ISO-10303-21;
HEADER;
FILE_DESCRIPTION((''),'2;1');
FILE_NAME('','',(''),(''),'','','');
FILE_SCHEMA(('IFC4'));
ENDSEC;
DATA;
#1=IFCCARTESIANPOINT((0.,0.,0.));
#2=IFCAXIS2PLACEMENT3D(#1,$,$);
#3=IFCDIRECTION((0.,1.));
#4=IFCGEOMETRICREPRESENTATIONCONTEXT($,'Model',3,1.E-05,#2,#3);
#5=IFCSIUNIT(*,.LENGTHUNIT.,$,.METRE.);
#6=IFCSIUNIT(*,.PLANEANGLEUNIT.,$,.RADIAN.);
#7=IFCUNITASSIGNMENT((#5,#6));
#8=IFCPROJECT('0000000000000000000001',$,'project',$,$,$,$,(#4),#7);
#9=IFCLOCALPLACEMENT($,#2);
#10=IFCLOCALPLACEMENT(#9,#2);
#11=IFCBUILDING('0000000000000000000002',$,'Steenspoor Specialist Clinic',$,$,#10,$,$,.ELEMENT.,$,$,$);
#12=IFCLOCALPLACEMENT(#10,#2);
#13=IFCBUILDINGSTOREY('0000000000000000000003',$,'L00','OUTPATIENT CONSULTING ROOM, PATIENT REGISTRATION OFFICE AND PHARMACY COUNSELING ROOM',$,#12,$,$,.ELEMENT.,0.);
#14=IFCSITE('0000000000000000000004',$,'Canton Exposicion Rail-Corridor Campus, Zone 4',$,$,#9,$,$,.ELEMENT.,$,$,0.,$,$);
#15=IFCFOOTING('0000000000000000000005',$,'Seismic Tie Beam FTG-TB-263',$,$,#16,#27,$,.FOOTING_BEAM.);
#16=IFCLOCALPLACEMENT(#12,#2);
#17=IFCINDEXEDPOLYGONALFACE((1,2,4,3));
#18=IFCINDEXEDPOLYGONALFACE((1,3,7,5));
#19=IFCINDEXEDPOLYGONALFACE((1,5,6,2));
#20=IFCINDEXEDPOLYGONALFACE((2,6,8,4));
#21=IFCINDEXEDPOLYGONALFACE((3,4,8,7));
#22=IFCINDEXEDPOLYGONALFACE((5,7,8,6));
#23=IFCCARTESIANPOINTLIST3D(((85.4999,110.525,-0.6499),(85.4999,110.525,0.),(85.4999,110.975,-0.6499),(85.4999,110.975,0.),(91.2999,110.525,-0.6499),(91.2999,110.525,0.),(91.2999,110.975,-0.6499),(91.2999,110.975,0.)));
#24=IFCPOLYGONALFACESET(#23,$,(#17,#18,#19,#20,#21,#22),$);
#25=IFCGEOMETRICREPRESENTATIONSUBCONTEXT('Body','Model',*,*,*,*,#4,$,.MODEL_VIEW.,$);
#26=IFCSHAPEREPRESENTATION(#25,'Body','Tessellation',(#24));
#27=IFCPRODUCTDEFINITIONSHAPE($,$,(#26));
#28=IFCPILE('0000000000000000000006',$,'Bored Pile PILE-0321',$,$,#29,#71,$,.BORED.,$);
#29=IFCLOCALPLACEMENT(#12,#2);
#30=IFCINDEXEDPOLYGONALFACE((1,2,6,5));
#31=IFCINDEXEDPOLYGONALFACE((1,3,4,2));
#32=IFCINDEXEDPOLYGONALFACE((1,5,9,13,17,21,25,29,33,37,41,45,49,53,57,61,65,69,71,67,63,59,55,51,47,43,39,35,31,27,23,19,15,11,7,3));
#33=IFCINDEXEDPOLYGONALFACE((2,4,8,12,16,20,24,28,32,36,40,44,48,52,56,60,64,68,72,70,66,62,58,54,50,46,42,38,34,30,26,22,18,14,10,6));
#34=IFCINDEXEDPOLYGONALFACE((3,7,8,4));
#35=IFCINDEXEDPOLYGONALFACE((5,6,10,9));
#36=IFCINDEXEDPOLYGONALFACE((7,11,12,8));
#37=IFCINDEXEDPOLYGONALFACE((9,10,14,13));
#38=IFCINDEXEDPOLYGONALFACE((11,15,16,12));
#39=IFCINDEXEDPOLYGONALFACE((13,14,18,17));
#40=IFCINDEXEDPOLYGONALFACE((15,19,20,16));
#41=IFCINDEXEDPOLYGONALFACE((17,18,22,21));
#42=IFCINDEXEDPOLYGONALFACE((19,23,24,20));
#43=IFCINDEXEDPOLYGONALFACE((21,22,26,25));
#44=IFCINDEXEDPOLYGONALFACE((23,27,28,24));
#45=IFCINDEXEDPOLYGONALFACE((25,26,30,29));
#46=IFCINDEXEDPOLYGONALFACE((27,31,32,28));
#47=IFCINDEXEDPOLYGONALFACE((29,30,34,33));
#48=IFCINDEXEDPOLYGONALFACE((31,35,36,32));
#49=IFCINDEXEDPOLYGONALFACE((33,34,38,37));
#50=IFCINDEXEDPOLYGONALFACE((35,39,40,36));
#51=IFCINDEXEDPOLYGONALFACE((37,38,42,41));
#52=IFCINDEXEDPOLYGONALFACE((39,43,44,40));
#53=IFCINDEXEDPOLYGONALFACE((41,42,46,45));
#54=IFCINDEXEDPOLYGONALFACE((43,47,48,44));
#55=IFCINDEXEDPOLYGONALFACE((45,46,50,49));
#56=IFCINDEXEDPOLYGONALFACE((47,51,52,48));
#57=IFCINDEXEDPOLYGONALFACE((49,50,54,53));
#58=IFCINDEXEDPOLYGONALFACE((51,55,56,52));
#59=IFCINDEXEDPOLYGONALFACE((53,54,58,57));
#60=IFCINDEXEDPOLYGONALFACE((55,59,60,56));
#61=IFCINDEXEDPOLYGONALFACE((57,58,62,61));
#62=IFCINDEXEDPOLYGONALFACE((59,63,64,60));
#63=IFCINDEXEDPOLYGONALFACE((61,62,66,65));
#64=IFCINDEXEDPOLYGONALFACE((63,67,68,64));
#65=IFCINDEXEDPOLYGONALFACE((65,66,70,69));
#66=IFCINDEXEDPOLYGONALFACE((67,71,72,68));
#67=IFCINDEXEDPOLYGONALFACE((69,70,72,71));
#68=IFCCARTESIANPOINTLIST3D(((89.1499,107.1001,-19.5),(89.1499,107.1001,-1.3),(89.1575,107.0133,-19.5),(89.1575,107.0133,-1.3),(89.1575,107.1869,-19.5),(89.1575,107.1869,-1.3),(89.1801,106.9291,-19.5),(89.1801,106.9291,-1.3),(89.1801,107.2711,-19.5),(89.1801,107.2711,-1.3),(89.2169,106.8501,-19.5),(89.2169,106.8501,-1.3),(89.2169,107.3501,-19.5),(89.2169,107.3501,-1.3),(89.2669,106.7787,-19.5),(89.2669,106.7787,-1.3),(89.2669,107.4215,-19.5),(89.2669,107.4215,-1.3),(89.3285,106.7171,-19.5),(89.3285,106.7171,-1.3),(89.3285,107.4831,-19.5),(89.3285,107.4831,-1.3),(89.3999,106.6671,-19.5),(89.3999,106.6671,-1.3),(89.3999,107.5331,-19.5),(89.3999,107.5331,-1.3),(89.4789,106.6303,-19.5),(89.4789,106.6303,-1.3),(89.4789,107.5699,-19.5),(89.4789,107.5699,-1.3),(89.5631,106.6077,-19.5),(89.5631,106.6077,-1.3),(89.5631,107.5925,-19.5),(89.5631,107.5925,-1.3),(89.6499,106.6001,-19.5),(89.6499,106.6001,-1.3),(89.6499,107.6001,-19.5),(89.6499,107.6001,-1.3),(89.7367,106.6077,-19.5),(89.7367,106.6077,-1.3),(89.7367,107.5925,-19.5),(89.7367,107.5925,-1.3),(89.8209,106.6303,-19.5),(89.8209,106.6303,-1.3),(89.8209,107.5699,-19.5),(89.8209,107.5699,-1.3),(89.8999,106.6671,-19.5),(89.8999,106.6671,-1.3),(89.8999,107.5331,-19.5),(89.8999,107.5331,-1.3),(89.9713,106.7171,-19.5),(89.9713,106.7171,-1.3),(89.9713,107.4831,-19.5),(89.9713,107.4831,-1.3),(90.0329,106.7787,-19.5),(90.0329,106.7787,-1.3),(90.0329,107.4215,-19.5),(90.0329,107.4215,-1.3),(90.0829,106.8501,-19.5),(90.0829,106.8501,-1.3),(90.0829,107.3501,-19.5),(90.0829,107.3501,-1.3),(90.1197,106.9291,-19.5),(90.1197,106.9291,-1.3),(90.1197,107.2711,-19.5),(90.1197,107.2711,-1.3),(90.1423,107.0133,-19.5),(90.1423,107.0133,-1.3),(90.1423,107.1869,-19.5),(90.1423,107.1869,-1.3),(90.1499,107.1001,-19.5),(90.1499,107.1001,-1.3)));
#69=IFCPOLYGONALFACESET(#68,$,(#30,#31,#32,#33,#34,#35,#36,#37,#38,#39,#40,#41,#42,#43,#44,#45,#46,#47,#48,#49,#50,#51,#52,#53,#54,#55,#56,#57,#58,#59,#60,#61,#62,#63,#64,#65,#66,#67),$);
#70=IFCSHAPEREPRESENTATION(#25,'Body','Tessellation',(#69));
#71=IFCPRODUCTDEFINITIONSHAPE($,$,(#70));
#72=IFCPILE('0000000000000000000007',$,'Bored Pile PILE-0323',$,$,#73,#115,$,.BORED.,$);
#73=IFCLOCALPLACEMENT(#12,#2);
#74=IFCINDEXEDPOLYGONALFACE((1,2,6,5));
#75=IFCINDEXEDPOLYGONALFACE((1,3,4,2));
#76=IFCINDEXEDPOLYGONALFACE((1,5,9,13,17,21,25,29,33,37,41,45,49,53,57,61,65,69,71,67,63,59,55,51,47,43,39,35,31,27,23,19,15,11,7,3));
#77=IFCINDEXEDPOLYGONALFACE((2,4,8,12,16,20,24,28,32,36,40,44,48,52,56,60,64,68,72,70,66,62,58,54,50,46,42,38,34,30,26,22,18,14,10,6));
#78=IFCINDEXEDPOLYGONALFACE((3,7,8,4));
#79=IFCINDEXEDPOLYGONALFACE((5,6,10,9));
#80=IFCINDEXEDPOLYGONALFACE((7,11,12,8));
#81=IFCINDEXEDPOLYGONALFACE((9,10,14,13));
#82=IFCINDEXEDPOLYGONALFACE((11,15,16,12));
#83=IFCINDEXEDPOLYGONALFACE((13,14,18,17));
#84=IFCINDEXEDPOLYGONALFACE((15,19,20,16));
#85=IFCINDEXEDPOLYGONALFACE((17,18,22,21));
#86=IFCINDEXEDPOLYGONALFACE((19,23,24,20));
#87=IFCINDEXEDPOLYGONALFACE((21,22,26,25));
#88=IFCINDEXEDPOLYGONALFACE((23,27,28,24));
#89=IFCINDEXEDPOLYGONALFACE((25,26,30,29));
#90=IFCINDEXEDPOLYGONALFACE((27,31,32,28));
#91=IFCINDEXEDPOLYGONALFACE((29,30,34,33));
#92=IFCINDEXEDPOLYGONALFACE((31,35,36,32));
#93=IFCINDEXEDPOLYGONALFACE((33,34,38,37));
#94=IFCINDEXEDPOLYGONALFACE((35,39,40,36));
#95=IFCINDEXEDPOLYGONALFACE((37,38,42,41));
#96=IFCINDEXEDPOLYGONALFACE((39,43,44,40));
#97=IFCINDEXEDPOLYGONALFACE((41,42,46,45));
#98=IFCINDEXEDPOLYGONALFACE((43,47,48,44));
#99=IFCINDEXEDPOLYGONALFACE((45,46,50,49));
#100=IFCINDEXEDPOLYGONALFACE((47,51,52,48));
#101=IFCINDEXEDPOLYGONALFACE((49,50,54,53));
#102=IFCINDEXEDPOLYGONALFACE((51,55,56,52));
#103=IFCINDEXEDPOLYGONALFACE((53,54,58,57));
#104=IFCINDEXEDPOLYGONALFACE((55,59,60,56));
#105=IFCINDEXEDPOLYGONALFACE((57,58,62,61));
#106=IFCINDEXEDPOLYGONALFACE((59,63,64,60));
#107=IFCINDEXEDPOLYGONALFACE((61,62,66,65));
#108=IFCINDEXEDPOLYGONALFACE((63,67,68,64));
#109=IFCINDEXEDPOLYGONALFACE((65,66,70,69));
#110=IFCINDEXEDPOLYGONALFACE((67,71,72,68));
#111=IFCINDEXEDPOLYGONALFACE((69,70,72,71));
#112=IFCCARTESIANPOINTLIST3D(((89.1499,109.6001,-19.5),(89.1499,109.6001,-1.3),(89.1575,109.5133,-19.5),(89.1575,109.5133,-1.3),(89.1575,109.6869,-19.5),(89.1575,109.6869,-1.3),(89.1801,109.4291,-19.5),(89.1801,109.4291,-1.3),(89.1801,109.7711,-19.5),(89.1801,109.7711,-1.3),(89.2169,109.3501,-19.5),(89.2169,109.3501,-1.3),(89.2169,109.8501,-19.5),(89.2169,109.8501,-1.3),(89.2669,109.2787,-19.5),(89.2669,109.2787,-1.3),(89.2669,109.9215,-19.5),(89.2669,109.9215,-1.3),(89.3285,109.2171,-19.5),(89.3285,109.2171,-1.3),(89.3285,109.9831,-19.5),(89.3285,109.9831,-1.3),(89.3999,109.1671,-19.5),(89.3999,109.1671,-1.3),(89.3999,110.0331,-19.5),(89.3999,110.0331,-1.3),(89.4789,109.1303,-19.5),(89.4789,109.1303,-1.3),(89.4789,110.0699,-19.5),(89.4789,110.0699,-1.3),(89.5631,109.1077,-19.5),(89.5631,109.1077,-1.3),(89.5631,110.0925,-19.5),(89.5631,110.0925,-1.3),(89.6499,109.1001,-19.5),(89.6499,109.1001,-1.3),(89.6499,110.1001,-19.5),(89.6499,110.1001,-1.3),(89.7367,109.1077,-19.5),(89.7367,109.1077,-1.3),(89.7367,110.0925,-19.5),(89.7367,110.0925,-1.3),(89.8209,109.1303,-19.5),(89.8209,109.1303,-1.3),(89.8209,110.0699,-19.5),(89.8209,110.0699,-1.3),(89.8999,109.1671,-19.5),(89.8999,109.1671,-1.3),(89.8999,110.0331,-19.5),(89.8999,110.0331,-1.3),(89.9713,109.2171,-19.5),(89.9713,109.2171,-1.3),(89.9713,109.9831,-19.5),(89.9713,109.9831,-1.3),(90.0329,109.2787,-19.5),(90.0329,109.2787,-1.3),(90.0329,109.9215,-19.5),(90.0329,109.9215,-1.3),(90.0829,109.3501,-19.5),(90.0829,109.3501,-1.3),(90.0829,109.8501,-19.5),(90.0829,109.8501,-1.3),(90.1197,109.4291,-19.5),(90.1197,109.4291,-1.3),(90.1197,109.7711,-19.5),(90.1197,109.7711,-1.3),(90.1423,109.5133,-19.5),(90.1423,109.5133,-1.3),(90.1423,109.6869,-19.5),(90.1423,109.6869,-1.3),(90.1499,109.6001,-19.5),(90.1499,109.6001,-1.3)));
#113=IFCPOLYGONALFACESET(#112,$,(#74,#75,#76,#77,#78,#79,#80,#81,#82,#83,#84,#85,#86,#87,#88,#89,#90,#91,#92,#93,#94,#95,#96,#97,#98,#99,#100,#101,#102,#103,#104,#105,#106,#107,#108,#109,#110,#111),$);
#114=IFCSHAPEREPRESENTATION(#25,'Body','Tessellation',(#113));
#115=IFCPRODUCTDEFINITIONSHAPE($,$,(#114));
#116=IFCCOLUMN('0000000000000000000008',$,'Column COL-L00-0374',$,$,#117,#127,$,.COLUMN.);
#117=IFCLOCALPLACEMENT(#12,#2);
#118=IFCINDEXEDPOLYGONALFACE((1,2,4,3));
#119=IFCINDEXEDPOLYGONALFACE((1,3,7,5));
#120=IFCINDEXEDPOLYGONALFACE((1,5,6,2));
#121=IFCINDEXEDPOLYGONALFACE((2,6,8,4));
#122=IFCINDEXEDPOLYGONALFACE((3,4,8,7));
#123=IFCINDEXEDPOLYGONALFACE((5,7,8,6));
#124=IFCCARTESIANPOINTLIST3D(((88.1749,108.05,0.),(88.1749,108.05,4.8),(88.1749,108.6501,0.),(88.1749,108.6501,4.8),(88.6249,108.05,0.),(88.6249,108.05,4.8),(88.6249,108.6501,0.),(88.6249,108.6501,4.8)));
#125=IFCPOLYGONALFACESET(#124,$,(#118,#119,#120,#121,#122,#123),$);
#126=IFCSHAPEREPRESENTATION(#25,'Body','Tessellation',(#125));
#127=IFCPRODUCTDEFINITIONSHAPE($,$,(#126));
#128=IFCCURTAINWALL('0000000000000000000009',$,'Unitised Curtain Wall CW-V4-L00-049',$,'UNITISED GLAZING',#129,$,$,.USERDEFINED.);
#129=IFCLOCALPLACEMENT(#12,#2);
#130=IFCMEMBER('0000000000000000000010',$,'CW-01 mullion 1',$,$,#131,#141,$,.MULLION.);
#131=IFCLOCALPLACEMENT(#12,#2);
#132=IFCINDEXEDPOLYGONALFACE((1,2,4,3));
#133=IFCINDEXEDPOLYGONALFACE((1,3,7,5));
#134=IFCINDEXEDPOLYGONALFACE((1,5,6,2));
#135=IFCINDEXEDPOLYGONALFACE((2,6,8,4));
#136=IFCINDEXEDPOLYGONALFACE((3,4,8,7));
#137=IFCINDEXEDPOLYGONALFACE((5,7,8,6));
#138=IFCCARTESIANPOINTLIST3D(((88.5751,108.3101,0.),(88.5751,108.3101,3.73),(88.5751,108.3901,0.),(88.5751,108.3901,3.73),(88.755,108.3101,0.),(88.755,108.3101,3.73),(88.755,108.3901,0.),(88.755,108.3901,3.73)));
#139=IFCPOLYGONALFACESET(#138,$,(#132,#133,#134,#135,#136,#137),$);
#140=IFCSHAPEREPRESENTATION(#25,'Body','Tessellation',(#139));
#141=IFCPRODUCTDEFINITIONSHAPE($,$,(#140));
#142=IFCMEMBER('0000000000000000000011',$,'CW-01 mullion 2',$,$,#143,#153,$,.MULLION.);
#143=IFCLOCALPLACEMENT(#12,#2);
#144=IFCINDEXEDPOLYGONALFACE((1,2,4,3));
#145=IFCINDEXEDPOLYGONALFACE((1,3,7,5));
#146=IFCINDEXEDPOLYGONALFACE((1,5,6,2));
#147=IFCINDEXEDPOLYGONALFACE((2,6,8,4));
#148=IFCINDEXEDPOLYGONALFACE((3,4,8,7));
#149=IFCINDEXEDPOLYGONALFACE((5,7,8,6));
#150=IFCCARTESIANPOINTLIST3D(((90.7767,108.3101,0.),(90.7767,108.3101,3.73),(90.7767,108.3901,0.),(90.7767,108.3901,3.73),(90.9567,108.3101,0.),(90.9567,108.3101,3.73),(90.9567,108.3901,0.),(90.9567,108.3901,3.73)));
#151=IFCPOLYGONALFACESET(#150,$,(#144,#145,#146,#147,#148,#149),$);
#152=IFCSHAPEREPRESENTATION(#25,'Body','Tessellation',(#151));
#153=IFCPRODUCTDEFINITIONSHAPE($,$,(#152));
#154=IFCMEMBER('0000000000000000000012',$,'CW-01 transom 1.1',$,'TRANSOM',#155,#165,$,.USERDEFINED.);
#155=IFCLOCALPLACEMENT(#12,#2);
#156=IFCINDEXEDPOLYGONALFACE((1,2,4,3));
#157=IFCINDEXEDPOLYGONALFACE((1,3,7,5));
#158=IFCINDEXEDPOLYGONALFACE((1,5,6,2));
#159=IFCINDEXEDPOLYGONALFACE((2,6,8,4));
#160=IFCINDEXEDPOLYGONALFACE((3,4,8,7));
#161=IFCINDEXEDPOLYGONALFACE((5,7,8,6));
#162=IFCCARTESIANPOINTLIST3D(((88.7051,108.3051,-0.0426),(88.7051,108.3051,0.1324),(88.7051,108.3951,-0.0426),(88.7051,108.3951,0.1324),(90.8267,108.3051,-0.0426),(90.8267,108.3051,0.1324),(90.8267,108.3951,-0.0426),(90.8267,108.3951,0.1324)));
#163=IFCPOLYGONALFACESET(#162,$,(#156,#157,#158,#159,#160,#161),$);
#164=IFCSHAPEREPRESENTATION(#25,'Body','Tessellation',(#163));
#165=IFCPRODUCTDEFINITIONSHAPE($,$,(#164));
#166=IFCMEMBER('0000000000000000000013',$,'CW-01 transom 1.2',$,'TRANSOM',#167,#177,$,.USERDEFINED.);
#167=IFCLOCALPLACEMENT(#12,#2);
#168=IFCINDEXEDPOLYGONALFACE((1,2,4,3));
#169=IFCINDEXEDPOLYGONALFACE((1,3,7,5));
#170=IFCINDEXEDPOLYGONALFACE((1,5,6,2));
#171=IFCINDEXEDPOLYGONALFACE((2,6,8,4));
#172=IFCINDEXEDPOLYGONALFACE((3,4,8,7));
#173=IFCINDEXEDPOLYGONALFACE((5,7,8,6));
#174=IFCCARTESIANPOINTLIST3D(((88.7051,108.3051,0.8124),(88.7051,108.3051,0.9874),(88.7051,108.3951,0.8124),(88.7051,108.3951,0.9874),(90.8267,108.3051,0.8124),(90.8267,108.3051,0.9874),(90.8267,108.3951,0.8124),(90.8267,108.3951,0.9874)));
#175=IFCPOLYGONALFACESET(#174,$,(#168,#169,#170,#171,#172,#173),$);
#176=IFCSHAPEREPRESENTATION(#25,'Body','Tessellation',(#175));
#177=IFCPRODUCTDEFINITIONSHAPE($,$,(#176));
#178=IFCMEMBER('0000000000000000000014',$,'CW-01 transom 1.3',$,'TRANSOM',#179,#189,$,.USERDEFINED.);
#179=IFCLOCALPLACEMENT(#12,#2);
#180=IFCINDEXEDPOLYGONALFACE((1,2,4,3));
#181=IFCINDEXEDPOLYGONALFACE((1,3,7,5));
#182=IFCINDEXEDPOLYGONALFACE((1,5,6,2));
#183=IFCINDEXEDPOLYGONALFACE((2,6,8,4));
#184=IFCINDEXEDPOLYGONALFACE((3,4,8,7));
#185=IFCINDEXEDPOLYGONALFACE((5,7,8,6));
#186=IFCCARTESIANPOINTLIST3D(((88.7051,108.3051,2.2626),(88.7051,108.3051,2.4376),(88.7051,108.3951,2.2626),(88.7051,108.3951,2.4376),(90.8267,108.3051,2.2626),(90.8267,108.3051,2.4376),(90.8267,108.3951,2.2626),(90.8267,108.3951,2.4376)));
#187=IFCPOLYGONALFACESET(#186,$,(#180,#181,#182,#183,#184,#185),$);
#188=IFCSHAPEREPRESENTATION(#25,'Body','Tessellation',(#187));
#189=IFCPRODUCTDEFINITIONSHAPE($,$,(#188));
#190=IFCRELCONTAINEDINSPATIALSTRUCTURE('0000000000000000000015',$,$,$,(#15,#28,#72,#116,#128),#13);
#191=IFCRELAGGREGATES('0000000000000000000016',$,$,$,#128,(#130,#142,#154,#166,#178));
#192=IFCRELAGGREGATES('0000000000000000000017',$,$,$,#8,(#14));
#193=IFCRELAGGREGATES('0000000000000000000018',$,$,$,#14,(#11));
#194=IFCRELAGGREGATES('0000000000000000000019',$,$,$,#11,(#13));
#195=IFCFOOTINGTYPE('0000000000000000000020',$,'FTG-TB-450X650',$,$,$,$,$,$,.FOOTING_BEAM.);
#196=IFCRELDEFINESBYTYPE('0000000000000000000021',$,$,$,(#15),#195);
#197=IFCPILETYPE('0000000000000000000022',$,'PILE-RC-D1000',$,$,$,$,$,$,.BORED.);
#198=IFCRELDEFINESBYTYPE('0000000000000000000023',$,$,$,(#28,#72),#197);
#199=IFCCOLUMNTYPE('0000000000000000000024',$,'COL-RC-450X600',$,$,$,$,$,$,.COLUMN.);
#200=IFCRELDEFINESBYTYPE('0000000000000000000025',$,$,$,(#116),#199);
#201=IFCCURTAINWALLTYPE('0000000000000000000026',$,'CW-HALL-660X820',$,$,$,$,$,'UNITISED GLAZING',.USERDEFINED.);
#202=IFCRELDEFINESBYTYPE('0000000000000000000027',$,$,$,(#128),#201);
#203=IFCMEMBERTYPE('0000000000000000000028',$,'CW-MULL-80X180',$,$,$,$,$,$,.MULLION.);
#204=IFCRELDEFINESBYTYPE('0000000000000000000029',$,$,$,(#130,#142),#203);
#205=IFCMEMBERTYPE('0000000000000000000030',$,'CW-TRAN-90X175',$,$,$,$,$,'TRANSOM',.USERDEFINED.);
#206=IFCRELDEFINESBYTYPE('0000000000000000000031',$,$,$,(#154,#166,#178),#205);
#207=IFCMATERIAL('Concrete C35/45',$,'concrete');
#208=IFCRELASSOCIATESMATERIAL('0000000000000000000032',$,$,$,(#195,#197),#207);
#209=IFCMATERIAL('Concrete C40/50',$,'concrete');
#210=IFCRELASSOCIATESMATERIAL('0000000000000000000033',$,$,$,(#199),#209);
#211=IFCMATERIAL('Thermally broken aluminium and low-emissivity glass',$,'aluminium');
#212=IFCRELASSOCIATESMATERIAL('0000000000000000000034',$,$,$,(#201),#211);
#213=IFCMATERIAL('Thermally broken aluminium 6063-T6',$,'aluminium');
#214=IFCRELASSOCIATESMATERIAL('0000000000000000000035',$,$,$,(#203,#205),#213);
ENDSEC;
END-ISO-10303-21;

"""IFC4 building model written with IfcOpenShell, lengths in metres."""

from ifc_helpers import new_model, si_unit, direction, frame, origin, origin_2d, place, context, subcontext, project, spatial, rectangle, circle, extrude, material, material_profile, profile_set, type_object, element, aggregate, save


model = new_model("IFC4")

# Units and contexts
model_context = context("Model", 3, precision=1e-05, world=origin(), true_north=direction((0.0, 1.0)))
body_context = subcontext(model_context, "Body", "Model", "MODEL_VIEW")
ifc_project = project(units=[si_unit("LENGTHUNIT", "METRE"), si_unit("PLANEANGLEUNIT", "RADIAN")], contexts=[model_context])

# Site, building, storey
site_placement = place(None, origin())
site = spatial("IfcSite", under=ifc_project, at=site_placement, Name="Canton Exposicion Rail-Corridor Campus, Zone 4", CompositionType="ELEMENT", RefElevation=0.0)
building_placement = place(site_placement, origin())
building = spatial("IfcBuilding", under=site, at=building_placement, Name="Steenspoor Specialist Clinic", CompositionType="ELEMENT")
storey_placement = place(building_placement, origin())
storey = spatial("IfcBuildingStorey", under=building, at=storey_placement, Name="L00", Description="OUTPATIENT CONSULTING ROOM, PATIENT REGISTRATION OFFICE AND PHARMACY COUNSELING ROOM", CompositionType="ELEMENT", Elevation=0.0)

# Footing
ifc_material_1 = material(Name="Concrete C35/45", Category="concrete")
footing_type = type_object("IfcFootingType", Name="FTG-TB-450X650", PredefinedType="FOOTING_BEAM", material=ifc_material_1)
footing_placement = place(storey_placement, frame((88.3999, 110.75, -0.6499), z_axis=(0.0, 0.0, 1.0), x_axis=(1.0, 0.0, 0.0)))
element("IfcFooting", 1, at=footing_placement, inside=storey, type_object=footing_type, Name="Seismic Tie Beam FTG-TB-263", PredefinedType="FOOTING_BEAM", context=body_context, shape_type="SweptSolid", body=[
    extrude(rectangle(XDim=5.8, YDim=0.45, at=origin_2d()), origin(), (0.0, 0.0, 1.0), 0.6499),
])

# Piles
ifc_material_profile_1 = material_profile(ifc_material_1, circle(Radius=0.5, at=origin_2d()), Name="PILE-D1000")
ifc_profile_set_1 = profile_set([ifc_material_profile_1], Name="Concrete C35/45")
pile_type = type_object("IfcPileType", Name="PILE-RC-D1000", PredefinedType="BORED", material=ifc_profile_set_1)
for number, where, z_axis, x_axis, name in (
    (2, (89.6499, 107.1001, -1.3), (0.0, 0.0, -1.0), (1.0, 0.0, 0.0), "Bored Pile PILE-0321"),
    (3, (89.6499, 109.6001, -1.3), (0.0, 0.0, -1.0), (1.0, 0.0, 0.0), "Bored Pile PILE-0323"),
):
    element("IfcPile", number, at=place(storey_placement, frame(where, z_axis=z_axis, x_axis=x_axis)), inside=storey, type_object=pile_type, Name=name, PredefinedType="BORED", context=body_context, shape_type="SweptSolid", body=[
        extrude(circle(Radius=0.5, at=origin_2d()), origin(), (0.0, 0.0, 1.0), 18.2),
    ])

# Column
ifc_material_2 = material(Name="Concrete C40/50", Category="concrete")
ifc_material_profile_2 = material_profile(ifc_material_2, rectangle(XDim=0.45, YDim=0.6001, at=origin_2d()), Name="RC-COL-450X600")
ifc_profile_set_2 = profile_set([ifc_material_profile_2], Name="Concrete C40/50")
column_type = type_object("IfcColumnType", Name="COL-RC-450X600", PredefinedType="COLUMN", material=ifc_profile_set_2)
column_placement = place(storey_placement, frame((88.3999, 108.3501, 0.0), z_axis=(0.0, 0.0, 1.0), x_axis=(1.0, 0.0, 0.0)))
element("IfcColumn", 4, at=column_placement, inside=storey, type_object=column_type, Name="Column COL-L00-0374", PredefinedType="COLUMN", context=body_context, shape_type="SweptSolid", body=[
    extrude(rectangle(XDim=0.45, YDim=0.6001, at=origin_2d()), origin(), (0.0, 0.0, 1.0), 4.8),
])

# Curtain wall, members
ifc_material_3 = material(Name="Thermally broken aluminium and low-emissivity glass", Category="aluminium")
curtain_wall_type = type_object("IfcCurtainWallType", Name="CW-HALL-660X820", ElementType="UNITISED GLAZING", PredefinedType="USERDEFINED", material=ifc_material_3)
curtain_wall_placement = place(storey_placement, origin())
curtain_wall = element("IfcCurtainWall", 5, at=curtain_wall_placement, inside=storey, type_object=curtain_wall_type, Name="Unitised Curtain Wall CW-V4-L00-049", ObjectType="UNITISED GLAZING", PredefinedType="USERDEFINED")
ifc_material_4 = material(Name="Thermally broken aluminium 6063-T6", Category="aluminium")
ifc_material_profile_3 = material_profile(ifc_material_4, rectangle(XDim=0.0801, YDim=0.1799, at=origin_2d()), Name="CWM-80X180")
ifc_profile_set_3 = profile_set([ifc_material_profile_3], Name="Thermally broken aluminium 6063-T6")
member_type_1 = type_object("IfcMemberType", Name="CW-MULL-80X180", PredefinedType="MULLION", material=ifc_profile_set_3)
member_1_placement = place(storey_placement, frame((88.665, 108.3501, 0.0), z_axis=(0.0, 0.0, 1.0), x_axis=(0.0, 1.0, 0.0)))
member_1 = element("IfcMember", 6, at=member_1_placement, type_object=member_type_1, Name="CW-01 mullion 1", PredefinedType="MULLION", context=body_context, shape_type="SweptSolid", body=[
    extrude(rectangle(XDim=0.0801, YDim=0.1799, at=origin_2d()), origin(), (0.0, 0.0, 1.0), 3.73),
])
member_2_placement = place(storey_placement, frame((90.8667, 108.3501, 0.0), z_axis=(0.0, 0.0, 1.0), x_axis=(0.0, 1.0, 0.0)))
member_2 = element("IfcMember", 7, at=member_2_placement, type_object=member_type_1, Name="CW-01 mullion 2", PredefinedType="MULLION", context=body_context, shape_type="SweptSolid", body=[
    extrude(rectangle(XDim=0.0801, YDim=0.1799, at=origin_2d()), origin(), (0.0, 0.0, 1.0), 3.73),
])
ifc_material_profile_4 = material_profile(ifc_material_4, rectangle(XDim=0.0901, YDim=0.175, at=origin_2d()), Name="CWT-90X175")
ifc_profile_set_4 = profile_set([ifc_material_profile_4], Name="Thermally broken aluminium 6063-T6")
member_type_2 = type_object("IfcMemberType", Name="CW-TRAN-90X175", ElementType="TRANSOM", PredefinedType="USERDEFINED", material=ifc_profile_set_4)
member_3_placement = place(storey_placement, frame((88.7051, 108.3501, 0.0449), z_axis=(1.0, 0.0, 0.0), x_axis=(0.0, 1.0, 0.0)))
member_3 = element("IfcMember", 8, at=member_3_placement, type_object=member_type_2, Name="CW-01 transom 1.1", ObjectType="TRANSOM", PredefinedType="USERDEFINED", context=body_context, shape_type="SweptSolid", body=[
    extrude(rectangle(XDim=0.0901, YDim=0.175, at=origin_2d()), origin(), (0.0, 0.0, 1.0), 2.1216),
])
member_4_placement = place(storey_placement, frame((88.7051, 108.3501, 0.8999), z_axis=(1.0, 0.0, 0.0), x_axis=(0.0, 1.0, 0.0)))
member_4 = element("IfcMember", 9, at=member_4_placement, type_object=member_type_2, Name="CW-01 transom 1.2", ObjectType="TRANSOM", PredefinedType="USERDEFINED", context=body_context, shape_type="SweptSolid", body=[
    extrude(rectangle(XDim=0.0901, YDim=0.175, at=origin_2d()), origin(), (0.0, 0.0, 1.0), 2.1216),
])
member_5_placement = place(storey_placement, frame((88.7051, 108.3501, 2.3501), z_axis=(1.0, 0.0, 0.0), x_axis=(0.0, 1.0, 0.0)))
member_5 = element("IfcMember", 10, at=member_5_placement, type_object=member_type_2, Name="CW-01 transom 1.3", ObjectType="TRANSOM", PredefinedType="USERDEFINED", context=body_context, shape_type="SweptSolid", body=[
    extrude(rectangle(XDim=0.0901, YDim=0.175, at=origin_2d()), origin(), (0.0, 0.0, 1.0), 2.1216),
])

aggregate(curtain_wall, [member_1, member_2, member_3, member_4, member_5])

save(model, "model.ifc")
